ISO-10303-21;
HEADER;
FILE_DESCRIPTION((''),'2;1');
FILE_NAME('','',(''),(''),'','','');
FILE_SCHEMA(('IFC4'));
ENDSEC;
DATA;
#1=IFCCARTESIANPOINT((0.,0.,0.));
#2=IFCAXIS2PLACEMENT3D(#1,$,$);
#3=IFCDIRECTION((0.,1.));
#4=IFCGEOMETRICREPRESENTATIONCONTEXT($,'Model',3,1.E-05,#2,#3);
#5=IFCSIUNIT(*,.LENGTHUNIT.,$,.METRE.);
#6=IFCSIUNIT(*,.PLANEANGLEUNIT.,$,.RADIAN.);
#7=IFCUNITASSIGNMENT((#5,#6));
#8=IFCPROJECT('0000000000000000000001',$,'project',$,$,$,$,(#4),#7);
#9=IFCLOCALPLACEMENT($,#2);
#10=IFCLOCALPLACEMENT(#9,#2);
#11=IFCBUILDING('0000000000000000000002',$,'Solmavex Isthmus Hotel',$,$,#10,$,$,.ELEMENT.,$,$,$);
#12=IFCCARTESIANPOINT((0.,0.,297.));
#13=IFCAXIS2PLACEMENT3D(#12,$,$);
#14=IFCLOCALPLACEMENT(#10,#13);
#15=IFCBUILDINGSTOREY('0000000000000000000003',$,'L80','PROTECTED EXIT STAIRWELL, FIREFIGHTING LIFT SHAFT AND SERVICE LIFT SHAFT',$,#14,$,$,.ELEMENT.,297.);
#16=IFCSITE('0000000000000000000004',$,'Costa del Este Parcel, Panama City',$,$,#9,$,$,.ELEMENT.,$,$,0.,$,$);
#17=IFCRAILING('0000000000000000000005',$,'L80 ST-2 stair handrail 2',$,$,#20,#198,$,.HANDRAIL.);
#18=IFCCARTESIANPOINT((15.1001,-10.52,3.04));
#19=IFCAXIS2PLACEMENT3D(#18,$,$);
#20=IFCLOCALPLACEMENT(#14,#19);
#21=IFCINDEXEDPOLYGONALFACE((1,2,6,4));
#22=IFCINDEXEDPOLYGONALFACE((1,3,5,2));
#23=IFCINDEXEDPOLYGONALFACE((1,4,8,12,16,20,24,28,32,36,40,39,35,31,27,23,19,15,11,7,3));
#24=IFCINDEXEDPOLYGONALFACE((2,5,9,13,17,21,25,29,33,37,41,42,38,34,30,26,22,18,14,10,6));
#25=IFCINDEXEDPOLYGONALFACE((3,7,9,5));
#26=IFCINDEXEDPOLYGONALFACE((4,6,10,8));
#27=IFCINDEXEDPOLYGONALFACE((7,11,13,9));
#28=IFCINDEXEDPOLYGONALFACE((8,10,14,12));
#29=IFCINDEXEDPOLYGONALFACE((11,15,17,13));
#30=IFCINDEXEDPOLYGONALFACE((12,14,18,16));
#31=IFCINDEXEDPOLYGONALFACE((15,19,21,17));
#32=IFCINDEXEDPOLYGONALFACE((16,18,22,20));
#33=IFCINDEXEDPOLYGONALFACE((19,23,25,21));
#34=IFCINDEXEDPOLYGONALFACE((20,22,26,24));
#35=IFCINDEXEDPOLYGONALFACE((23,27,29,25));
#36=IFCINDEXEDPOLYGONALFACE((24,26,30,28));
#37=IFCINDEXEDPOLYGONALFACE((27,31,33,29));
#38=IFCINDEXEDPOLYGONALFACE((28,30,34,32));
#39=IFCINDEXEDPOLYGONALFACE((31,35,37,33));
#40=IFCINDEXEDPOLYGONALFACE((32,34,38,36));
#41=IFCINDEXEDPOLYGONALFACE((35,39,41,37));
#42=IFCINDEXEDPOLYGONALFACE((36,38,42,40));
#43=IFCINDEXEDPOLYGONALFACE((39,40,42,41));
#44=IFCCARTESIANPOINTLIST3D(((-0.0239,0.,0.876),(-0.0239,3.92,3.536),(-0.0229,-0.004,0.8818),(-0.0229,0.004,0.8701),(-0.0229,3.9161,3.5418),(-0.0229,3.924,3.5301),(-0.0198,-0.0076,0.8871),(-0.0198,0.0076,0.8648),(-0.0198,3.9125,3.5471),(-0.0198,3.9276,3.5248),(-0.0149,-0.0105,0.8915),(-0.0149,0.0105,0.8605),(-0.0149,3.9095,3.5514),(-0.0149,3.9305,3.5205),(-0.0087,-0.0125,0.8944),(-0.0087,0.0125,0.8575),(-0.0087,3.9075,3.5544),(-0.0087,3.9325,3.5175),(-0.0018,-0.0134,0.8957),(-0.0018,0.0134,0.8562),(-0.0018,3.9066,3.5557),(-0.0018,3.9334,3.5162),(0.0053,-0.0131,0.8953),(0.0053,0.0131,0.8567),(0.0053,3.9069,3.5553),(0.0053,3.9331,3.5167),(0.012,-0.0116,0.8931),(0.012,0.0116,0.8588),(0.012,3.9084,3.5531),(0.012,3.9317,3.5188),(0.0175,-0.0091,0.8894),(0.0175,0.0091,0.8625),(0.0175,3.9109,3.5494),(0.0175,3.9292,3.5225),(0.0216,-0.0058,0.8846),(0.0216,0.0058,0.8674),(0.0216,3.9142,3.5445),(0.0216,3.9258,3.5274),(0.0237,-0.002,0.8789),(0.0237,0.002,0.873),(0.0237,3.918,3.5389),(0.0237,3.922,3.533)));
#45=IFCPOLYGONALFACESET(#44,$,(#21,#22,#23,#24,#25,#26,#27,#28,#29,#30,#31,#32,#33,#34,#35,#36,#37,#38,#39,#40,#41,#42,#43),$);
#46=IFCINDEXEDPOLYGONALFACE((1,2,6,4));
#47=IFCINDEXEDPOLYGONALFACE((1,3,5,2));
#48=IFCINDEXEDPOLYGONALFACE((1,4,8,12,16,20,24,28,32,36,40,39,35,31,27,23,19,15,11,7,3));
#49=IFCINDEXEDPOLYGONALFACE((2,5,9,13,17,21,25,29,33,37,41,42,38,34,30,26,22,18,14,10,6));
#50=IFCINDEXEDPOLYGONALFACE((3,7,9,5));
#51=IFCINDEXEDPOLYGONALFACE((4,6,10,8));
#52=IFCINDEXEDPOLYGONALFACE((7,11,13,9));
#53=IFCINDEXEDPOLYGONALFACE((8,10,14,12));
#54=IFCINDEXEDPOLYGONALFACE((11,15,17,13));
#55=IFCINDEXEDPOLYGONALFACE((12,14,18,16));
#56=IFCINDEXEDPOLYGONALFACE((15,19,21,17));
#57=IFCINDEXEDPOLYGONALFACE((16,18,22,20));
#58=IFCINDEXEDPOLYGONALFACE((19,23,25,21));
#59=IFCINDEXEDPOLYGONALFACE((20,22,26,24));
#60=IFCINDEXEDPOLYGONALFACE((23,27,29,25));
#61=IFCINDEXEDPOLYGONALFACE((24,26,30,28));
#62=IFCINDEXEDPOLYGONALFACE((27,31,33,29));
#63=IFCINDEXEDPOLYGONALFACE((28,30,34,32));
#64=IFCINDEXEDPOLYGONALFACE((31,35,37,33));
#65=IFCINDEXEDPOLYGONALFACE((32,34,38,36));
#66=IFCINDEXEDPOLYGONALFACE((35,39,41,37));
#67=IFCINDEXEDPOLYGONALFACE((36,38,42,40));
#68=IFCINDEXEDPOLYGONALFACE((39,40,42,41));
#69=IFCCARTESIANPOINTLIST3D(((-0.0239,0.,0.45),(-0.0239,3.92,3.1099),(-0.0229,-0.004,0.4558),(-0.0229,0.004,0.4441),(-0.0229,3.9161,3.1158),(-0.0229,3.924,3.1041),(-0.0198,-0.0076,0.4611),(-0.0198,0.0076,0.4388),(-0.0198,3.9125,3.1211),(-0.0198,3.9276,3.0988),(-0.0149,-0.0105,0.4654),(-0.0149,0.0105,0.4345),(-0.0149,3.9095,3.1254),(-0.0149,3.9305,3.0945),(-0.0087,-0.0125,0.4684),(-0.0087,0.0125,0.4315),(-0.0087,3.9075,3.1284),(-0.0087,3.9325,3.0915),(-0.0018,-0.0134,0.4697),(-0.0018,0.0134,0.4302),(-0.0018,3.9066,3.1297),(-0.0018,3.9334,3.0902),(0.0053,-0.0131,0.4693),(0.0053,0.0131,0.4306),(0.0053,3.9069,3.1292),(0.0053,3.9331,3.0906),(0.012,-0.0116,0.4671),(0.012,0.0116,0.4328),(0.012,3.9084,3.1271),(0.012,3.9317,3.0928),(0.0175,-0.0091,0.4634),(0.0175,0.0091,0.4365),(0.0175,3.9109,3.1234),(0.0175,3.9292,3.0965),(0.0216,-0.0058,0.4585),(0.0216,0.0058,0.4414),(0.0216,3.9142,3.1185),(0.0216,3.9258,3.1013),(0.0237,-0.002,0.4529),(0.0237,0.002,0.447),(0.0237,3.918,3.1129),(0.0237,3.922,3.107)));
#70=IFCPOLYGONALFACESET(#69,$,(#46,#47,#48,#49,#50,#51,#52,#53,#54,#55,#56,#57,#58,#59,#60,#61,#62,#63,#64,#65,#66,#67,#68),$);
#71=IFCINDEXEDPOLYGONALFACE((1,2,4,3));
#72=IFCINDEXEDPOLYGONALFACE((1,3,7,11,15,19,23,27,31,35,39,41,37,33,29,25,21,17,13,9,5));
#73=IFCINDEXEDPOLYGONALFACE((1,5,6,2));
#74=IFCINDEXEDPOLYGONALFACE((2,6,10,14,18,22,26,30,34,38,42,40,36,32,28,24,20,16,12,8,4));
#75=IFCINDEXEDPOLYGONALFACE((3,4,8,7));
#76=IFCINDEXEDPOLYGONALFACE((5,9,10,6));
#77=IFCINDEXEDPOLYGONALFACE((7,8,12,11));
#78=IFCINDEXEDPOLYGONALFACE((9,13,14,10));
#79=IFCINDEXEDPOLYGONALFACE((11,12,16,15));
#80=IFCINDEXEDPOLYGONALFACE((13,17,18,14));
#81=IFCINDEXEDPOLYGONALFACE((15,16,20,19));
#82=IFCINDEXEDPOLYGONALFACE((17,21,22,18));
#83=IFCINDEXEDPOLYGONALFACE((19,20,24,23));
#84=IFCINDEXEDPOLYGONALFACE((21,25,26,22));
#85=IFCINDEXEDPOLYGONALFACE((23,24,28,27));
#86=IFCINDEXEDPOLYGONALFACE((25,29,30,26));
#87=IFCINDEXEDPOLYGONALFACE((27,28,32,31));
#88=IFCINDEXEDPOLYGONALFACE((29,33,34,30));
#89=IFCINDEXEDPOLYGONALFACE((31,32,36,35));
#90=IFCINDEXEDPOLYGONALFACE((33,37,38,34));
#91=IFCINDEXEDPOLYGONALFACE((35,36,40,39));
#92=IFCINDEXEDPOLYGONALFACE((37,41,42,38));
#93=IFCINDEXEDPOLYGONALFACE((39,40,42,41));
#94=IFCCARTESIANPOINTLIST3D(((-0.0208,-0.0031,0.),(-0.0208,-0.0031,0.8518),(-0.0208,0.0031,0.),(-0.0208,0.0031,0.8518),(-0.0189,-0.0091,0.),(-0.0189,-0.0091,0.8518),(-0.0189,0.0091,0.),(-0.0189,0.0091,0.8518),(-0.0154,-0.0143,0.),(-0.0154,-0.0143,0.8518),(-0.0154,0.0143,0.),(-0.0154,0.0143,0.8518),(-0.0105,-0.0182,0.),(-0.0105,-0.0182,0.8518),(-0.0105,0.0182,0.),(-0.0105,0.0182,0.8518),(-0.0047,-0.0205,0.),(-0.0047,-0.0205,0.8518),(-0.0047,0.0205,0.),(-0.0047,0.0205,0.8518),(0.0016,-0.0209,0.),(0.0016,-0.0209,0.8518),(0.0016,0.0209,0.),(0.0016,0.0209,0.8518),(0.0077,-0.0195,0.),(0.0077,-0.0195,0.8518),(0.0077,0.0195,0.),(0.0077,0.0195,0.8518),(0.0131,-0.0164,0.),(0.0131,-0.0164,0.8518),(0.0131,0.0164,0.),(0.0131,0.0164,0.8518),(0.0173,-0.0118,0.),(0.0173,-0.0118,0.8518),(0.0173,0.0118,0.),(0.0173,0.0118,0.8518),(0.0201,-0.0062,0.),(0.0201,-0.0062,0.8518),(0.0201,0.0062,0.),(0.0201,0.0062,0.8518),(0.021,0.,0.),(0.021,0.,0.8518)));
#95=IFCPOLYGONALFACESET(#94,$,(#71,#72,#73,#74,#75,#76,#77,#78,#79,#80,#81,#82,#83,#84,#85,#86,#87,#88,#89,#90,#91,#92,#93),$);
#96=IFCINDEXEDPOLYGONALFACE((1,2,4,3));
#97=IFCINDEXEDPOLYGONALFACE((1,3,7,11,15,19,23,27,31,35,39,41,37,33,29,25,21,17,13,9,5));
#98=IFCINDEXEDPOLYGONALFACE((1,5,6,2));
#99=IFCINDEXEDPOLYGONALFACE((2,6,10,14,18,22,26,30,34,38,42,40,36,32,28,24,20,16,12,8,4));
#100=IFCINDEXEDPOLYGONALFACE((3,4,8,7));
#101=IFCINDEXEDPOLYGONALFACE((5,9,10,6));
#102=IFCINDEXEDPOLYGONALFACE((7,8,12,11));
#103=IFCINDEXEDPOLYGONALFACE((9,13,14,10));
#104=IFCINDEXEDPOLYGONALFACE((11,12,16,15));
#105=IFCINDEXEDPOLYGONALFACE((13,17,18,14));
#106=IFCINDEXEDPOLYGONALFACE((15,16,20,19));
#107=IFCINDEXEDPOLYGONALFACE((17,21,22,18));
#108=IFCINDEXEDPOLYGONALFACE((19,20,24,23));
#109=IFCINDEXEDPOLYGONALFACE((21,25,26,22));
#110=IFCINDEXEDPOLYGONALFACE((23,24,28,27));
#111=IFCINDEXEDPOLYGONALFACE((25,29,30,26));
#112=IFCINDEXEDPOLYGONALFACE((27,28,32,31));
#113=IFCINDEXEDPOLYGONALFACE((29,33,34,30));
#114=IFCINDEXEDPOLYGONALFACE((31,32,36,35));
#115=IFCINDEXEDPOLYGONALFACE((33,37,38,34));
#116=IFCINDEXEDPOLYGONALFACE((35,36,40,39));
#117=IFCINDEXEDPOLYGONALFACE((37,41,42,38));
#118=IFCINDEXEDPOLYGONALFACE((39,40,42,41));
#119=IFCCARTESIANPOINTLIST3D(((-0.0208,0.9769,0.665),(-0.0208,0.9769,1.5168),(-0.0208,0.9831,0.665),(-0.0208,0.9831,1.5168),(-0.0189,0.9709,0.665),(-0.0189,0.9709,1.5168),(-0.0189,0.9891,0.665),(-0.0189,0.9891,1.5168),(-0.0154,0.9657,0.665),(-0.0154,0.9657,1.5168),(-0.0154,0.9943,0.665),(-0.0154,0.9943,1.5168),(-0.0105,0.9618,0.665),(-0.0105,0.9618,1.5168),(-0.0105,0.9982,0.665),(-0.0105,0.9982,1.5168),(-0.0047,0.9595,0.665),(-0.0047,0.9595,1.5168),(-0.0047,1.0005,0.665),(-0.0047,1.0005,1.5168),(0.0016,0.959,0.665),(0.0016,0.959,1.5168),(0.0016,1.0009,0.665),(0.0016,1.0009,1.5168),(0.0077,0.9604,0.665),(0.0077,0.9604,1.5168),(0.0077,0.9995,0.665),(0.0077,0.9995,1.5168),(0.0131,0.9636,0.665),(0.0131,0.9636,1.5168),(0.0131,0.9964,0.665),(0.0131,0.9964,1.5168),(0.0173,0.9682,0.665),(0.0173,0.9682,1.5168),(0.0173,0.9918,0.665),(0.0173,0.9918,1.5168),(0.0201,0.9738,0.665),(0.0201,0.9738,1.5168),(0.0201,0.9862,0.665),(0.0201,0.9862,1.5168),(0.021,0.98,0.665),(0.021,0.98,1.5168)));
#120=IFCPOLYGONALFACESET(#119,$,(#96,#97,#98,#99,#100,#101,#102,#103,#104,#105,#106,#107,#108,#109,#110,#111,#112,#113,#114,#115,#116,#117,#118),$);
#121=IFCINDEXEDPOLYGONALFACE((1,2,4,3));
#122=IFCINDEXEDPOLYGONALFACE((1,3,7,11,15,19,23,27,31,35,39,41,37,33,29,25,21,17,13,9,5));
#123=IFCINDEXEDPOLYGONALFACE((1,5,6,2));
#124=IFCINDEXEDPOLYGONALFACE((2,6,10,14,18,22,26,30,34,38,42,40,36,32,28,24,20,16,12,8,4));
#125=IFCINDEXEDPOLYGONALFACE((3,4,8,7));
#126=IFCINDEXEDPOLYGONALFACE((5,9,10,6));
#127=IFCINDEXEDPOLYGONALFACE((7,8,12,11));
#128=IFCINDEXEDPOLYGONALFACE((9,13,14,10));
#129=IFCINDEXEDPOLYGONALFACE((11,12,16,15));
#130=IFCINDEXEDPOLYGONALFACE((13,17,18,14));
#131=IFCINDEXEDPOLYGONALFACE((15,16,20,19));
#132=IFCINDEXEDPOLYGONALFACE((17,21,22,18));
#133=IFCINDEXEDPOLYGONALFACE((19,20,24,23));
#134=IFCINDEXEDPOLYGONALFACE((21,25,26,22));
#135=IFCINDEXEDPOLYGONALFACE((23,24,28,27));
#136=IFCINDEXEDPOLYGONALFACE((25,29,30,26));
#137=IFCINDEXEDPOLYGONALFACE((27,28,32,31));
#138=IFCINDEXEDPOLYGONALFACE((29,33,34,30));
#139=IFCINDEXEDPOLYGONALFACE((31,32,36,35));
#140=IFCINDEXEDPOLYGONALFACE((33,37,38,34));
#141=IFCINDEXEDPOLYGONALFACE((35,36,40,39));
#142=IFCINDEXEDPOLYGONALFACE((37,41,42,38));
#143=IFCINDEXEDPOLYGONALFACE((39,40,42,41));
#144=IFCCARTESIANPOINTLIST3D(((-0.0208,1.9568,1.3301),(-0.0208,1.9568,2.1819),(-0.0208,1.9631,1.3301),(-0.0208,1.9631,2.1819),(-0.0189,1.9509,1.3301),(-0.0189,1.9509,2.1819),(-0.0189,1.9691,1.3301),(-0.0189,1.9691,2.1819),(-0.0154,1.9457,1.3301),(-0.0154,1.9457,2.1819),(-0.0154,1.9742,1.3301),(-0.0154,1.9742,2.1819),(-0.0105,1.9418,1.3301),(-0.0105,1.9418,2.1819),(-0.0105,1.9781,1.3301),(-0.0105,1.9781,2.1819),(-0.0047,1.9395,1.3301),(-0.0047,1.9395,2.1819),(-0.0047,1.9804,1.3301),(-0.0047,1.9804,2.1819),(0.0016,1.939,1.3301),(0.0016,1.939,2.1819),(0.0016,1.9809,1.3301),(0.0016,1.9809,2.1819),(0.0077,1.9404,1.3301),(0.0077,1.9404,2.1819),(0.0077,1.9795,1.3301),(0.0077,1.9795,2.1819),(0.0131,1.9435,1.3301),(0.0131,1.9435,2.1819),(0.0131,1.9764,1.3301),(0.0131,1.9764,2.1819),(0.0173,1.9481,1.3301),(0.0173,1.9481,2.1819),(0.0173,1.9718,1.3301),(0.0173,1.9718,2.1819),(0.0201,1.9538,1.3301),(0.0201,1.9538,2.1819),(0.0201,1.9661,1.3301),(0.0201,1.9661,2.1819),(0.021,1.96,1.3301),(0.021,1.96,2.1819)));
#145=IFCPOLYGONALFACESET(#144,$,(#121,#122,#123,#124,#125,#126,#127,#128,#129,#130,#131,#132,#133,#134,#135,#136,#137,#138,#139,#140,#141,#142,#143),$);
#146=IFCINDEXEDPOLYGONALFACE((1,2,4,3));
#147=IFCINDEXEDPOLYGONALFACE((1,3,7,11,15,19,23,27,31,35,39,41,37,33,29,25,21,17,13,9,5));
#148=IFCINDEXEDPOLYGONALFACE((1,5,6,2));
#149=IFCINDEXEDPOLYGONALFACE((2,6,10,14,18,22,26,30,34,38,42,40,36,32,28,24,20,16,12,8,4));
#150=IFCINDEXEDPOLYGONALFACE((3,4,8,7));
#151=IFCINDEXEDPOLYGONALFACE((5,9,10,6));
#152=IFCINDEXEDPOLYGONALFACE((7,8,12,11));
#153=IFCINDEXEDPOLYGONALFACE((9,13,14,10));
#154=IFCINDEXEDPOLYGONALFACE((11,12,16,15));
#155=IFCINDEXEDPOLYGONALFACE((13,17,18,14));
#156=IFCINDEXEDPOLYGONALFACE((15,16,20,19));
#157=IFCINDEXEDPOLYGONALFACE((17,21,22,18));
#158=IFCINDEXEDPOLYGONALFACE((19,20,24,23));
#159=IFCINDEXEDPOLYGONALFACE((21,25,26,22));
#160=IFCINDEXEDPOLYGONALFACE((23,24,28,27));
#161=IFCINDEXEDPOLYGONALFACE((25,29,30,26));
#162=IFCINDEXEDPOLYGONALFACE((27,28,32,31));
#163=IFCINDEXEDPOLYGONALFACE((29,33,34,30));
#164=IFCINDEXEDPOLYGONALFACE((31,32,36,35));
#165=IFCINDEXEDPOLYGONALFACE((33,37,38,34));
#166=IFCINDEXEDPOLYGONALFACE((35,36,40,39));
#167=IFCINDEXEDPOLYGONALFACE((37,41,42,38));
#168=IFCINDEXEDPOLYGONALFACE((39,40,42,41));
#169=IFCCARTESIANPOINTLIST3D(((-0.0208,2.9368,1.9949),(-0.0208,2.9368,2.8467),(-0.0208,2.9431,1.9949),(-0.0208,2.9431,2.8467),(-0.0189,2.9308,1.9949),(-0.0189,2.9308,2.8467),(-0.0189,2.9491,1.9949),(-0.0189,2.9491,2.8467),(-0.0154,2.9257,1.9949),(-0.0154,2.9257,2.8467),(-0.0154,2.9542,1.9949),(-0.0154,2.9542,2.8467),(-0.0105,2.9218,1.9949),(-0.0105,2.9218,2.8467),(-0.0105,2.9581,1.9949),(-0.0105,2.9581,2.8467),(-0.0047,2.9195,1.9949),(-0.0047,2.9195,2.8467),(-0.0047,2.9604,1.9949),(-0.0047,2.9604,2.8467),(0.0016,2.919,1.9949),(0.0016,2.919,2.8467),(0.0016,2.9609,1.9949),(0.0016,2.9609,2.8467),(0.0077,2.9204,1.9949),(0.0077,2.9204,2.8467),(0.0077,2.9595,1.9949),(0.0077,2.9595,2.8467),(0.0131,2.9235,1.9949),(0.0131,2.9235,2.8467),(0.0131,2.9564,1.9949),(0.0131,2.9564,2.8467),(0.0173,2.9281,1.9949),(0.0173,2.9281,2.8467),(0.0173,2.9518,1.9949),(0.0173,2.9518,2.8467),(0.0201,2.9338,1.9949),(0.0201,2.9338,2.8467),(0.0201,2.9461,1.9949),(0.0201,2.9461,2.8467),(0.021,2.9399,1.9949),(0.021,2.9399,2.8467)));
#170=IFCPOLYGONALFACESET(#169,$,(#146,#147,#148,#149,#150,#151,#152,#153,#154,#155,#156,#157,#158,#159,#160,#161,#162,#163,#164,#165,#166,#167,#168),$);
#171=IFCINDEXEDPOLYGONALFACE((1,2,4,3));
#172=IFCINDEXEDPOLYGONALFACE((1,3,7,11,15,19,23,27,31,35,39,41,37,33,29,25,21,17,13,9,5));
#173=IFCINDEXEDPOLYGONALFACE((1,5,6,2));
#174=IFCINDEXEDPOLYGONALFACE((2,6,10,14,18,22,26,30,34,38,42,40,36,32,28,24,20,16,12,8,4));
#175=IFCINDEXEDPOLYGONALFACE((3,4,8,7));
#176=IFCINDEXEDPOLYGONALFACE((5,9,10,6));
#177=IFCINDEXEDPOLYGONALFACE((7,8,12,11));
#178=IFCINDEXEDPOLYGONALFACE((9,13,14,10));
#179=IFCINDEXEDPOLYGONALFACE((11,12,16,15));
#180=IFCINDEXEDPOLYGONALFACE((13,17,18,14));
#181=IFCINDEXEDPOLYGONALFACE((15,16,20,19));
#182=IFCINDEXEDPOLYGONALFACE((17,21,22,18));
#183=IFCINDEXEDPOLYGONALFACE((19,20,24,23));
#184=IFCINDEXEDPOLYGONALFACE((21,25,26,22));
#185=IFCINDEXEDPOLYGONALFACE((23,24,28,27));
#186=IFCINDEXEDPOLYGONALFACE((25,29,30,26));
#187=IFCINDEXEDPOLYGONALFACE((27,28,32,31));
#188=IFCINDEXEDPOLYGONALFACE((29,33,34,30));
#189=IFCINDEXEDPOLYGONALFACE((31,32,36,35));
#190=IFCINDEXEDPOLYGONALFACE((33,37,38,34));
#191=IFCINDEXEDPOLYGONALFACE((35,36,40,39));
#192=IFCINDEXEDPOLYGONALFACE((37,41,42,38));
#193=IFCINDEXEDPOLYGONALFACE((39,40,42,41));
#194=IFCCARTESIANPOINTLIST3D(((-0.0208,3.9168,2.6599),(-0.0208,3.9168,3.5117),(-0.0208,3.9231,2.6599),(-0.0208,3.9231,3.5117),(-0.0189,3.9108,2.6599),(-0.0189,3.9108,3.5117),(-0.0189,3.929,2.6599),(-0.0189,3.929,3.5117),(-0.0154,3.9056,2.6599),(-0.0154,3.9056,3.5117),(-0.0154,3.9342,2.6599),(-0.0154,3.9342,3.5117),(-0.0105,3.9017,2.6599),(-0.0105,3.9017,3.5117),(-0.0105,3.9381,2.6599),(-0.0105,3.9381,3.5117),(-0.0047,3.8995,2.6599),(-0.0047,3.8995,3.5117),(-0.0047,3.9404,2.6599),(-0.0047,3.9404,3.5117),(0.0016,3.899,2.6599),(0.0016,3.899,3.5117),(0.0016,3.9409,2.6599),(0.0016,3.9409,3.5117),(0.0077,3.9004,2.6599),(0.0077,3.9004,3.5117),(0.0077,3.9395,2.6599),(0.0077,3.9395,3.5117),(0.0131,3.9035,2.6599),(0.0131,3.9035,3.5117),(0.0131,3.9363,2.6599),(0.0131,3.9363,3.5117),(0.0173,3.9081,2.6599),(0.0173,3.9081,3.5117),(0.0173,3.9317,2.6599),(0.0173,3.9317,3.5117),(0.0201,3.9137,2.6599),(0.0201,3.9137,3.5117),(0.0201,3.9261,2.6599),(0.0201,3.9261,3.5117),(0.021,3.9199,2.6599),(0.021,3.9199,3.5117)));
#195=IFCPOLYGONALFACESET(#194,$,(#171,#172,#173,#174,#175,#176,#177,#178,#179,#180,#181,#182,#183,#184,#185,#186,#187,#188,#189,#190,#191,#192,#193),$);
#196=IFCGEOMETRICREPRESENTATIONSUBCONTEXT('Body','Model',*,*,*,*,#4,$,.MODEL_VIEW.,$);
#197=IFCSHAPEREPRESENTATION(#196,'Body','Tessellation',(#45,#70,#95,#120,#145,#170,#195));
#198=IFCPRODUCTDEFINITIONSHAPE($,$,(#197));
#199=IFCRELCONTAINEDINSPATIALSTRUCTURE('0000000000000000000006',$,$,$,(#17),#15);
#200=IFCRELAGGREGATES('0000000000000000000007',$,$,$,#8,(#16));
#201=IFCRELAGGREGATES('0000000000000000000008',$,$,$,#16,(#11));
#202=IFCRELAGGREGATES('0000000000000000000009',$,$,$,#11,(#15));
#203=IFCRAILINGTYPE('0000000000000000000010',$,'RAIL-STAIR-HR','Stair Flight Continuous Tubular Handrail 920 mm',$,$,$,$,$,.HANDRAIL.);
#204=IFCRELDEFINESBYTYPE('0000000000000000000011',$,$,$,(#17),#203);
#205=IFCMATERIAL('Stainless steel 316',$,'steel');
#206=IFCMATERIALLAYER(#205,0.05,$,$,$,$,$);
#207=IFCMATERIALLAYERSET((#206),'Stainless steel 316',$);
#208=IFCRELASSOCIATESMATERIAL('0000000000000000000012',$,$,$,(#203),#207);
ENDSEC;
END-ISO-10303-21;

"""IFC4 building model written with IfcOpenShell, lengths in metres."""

from ifc_helpers import new_model, si_unit, direction, frame, origin, origin_2d, place, context, subcontext, project, spatial, circle, extrude, material, layer, layer_set, type_object, element, save


model = new_model("IFC4")

# Units and contexts
model_context = context("Model", 3, precision=1e-05, world=origin(), true_north=direction((0.0, 1.0)))
body_context = subcontext(model_context, "Body", "Model", "MODEL_VIEW")
ifc_project = project(units=[si_unit("LENGTHUNIT", "METRE"), si_unit("PLANEANGLEUNIT", "RADIAN")], contexts=[model_context])

# Site, building, storey
site_placement = place(None, origin())
site = spatial("IfcSite", under=ifc_project, at=site_placement, Name="Costa del Este Parcel, Panama City", CompositionType="ELEMENT", RefElevation=0.0)
building_placement = place(site_placement, origin())
building = spatial("IfcBuilding", under=site, at=building_placement, Name="Solmavex Isthmus Hotel", CompositionType="ELEMENT")
storey_placement = place(building_placement, frame((0.0, 0.0, 297.0)))
storey = spatial("IfcBuildingStorey", under=building, at=storey_placement, Name="L80", Description="PROTECTED EXIT STAIRWELL, FIREFIGHTING LIFT SHAFT AND SERVICE LIFT SHAFT", CompositionType="ELEMENT", Elevation=297.0)

# Railing
ifc_material_1 = material(Name="Stainless steel 316", Category="steel")
ifc_layer_1 = layer(ifc_material_1, 0.05)
ifc_layer_set_1 = layer_set([ifc_layer_1], Name="Stainless steel 316")
railing_type_1 = type_object("IfcRailingType", Name="RAIL-STAIR-HR", Description="Stair Flight Continuous Tubular Handrail 920 mm", PredefinedType="HANDRAIL", material=ifc_layer_set_1)
railing_1_placement = place(storey_placement, frame((15.1001, -10.52, 3.04)))
element("IfcRailing", 1, at=railing_1_placement, inside=storey, type_object=railing_type_1, Name="L80 ST-2 stair handrail 2", PredefinedType="HANDRAIL", context=body_context, shape_type="SweptSolid", body=[
    extrude(circle(Radius=0.0239, at=origin_2d()), frame((0.0, 0.0, 0.876), z_axis=(0.0, 0.827479, 0.561496), x_axis=(-1.0, 0.0, 0.0)), (0.0, 0.0, 1.0), 4.7373),
    extrude(circle(Radius=0.0239, at=origin_2d()), frame((0.0, 0.0, 0.45), z_axis=(0.0, 0.827479, 0.561496), x_axis=(-1.0, 0.0, 0.0)), (0.0, 0.0, 1.0), 4.7373),
    extrude(circle(Radius=0.021, at=origin_2d()), origin(), (0.0, 0.0, 1.0), 0.8518),
    extrude(circle(Radius=0.021, at=origin_2d()), frame((0.0, 0.98, 0.665)), (0.0, 0.0, 1.0), 0.8518),
    extrude(circle(Radius=0.021, at=origin_2d()), frame((0.0, 1.96, 1.3301)), (0.0, 0.0, 1.0), 0.8518),
    extrude(circle(Radius=0.021, at=origin_2d()), frame((0.0, 2.9399, 1.9949)), (0.0, 0.0, 1.0), 0.8518),
    extrude(circle(Radius=0.021, at=origin_2d()), frame((0.0, 3.9199, 2.6599)), (0.0, 0.0, 1.0), 0.8518),
])

save(model, "model.ifc")
